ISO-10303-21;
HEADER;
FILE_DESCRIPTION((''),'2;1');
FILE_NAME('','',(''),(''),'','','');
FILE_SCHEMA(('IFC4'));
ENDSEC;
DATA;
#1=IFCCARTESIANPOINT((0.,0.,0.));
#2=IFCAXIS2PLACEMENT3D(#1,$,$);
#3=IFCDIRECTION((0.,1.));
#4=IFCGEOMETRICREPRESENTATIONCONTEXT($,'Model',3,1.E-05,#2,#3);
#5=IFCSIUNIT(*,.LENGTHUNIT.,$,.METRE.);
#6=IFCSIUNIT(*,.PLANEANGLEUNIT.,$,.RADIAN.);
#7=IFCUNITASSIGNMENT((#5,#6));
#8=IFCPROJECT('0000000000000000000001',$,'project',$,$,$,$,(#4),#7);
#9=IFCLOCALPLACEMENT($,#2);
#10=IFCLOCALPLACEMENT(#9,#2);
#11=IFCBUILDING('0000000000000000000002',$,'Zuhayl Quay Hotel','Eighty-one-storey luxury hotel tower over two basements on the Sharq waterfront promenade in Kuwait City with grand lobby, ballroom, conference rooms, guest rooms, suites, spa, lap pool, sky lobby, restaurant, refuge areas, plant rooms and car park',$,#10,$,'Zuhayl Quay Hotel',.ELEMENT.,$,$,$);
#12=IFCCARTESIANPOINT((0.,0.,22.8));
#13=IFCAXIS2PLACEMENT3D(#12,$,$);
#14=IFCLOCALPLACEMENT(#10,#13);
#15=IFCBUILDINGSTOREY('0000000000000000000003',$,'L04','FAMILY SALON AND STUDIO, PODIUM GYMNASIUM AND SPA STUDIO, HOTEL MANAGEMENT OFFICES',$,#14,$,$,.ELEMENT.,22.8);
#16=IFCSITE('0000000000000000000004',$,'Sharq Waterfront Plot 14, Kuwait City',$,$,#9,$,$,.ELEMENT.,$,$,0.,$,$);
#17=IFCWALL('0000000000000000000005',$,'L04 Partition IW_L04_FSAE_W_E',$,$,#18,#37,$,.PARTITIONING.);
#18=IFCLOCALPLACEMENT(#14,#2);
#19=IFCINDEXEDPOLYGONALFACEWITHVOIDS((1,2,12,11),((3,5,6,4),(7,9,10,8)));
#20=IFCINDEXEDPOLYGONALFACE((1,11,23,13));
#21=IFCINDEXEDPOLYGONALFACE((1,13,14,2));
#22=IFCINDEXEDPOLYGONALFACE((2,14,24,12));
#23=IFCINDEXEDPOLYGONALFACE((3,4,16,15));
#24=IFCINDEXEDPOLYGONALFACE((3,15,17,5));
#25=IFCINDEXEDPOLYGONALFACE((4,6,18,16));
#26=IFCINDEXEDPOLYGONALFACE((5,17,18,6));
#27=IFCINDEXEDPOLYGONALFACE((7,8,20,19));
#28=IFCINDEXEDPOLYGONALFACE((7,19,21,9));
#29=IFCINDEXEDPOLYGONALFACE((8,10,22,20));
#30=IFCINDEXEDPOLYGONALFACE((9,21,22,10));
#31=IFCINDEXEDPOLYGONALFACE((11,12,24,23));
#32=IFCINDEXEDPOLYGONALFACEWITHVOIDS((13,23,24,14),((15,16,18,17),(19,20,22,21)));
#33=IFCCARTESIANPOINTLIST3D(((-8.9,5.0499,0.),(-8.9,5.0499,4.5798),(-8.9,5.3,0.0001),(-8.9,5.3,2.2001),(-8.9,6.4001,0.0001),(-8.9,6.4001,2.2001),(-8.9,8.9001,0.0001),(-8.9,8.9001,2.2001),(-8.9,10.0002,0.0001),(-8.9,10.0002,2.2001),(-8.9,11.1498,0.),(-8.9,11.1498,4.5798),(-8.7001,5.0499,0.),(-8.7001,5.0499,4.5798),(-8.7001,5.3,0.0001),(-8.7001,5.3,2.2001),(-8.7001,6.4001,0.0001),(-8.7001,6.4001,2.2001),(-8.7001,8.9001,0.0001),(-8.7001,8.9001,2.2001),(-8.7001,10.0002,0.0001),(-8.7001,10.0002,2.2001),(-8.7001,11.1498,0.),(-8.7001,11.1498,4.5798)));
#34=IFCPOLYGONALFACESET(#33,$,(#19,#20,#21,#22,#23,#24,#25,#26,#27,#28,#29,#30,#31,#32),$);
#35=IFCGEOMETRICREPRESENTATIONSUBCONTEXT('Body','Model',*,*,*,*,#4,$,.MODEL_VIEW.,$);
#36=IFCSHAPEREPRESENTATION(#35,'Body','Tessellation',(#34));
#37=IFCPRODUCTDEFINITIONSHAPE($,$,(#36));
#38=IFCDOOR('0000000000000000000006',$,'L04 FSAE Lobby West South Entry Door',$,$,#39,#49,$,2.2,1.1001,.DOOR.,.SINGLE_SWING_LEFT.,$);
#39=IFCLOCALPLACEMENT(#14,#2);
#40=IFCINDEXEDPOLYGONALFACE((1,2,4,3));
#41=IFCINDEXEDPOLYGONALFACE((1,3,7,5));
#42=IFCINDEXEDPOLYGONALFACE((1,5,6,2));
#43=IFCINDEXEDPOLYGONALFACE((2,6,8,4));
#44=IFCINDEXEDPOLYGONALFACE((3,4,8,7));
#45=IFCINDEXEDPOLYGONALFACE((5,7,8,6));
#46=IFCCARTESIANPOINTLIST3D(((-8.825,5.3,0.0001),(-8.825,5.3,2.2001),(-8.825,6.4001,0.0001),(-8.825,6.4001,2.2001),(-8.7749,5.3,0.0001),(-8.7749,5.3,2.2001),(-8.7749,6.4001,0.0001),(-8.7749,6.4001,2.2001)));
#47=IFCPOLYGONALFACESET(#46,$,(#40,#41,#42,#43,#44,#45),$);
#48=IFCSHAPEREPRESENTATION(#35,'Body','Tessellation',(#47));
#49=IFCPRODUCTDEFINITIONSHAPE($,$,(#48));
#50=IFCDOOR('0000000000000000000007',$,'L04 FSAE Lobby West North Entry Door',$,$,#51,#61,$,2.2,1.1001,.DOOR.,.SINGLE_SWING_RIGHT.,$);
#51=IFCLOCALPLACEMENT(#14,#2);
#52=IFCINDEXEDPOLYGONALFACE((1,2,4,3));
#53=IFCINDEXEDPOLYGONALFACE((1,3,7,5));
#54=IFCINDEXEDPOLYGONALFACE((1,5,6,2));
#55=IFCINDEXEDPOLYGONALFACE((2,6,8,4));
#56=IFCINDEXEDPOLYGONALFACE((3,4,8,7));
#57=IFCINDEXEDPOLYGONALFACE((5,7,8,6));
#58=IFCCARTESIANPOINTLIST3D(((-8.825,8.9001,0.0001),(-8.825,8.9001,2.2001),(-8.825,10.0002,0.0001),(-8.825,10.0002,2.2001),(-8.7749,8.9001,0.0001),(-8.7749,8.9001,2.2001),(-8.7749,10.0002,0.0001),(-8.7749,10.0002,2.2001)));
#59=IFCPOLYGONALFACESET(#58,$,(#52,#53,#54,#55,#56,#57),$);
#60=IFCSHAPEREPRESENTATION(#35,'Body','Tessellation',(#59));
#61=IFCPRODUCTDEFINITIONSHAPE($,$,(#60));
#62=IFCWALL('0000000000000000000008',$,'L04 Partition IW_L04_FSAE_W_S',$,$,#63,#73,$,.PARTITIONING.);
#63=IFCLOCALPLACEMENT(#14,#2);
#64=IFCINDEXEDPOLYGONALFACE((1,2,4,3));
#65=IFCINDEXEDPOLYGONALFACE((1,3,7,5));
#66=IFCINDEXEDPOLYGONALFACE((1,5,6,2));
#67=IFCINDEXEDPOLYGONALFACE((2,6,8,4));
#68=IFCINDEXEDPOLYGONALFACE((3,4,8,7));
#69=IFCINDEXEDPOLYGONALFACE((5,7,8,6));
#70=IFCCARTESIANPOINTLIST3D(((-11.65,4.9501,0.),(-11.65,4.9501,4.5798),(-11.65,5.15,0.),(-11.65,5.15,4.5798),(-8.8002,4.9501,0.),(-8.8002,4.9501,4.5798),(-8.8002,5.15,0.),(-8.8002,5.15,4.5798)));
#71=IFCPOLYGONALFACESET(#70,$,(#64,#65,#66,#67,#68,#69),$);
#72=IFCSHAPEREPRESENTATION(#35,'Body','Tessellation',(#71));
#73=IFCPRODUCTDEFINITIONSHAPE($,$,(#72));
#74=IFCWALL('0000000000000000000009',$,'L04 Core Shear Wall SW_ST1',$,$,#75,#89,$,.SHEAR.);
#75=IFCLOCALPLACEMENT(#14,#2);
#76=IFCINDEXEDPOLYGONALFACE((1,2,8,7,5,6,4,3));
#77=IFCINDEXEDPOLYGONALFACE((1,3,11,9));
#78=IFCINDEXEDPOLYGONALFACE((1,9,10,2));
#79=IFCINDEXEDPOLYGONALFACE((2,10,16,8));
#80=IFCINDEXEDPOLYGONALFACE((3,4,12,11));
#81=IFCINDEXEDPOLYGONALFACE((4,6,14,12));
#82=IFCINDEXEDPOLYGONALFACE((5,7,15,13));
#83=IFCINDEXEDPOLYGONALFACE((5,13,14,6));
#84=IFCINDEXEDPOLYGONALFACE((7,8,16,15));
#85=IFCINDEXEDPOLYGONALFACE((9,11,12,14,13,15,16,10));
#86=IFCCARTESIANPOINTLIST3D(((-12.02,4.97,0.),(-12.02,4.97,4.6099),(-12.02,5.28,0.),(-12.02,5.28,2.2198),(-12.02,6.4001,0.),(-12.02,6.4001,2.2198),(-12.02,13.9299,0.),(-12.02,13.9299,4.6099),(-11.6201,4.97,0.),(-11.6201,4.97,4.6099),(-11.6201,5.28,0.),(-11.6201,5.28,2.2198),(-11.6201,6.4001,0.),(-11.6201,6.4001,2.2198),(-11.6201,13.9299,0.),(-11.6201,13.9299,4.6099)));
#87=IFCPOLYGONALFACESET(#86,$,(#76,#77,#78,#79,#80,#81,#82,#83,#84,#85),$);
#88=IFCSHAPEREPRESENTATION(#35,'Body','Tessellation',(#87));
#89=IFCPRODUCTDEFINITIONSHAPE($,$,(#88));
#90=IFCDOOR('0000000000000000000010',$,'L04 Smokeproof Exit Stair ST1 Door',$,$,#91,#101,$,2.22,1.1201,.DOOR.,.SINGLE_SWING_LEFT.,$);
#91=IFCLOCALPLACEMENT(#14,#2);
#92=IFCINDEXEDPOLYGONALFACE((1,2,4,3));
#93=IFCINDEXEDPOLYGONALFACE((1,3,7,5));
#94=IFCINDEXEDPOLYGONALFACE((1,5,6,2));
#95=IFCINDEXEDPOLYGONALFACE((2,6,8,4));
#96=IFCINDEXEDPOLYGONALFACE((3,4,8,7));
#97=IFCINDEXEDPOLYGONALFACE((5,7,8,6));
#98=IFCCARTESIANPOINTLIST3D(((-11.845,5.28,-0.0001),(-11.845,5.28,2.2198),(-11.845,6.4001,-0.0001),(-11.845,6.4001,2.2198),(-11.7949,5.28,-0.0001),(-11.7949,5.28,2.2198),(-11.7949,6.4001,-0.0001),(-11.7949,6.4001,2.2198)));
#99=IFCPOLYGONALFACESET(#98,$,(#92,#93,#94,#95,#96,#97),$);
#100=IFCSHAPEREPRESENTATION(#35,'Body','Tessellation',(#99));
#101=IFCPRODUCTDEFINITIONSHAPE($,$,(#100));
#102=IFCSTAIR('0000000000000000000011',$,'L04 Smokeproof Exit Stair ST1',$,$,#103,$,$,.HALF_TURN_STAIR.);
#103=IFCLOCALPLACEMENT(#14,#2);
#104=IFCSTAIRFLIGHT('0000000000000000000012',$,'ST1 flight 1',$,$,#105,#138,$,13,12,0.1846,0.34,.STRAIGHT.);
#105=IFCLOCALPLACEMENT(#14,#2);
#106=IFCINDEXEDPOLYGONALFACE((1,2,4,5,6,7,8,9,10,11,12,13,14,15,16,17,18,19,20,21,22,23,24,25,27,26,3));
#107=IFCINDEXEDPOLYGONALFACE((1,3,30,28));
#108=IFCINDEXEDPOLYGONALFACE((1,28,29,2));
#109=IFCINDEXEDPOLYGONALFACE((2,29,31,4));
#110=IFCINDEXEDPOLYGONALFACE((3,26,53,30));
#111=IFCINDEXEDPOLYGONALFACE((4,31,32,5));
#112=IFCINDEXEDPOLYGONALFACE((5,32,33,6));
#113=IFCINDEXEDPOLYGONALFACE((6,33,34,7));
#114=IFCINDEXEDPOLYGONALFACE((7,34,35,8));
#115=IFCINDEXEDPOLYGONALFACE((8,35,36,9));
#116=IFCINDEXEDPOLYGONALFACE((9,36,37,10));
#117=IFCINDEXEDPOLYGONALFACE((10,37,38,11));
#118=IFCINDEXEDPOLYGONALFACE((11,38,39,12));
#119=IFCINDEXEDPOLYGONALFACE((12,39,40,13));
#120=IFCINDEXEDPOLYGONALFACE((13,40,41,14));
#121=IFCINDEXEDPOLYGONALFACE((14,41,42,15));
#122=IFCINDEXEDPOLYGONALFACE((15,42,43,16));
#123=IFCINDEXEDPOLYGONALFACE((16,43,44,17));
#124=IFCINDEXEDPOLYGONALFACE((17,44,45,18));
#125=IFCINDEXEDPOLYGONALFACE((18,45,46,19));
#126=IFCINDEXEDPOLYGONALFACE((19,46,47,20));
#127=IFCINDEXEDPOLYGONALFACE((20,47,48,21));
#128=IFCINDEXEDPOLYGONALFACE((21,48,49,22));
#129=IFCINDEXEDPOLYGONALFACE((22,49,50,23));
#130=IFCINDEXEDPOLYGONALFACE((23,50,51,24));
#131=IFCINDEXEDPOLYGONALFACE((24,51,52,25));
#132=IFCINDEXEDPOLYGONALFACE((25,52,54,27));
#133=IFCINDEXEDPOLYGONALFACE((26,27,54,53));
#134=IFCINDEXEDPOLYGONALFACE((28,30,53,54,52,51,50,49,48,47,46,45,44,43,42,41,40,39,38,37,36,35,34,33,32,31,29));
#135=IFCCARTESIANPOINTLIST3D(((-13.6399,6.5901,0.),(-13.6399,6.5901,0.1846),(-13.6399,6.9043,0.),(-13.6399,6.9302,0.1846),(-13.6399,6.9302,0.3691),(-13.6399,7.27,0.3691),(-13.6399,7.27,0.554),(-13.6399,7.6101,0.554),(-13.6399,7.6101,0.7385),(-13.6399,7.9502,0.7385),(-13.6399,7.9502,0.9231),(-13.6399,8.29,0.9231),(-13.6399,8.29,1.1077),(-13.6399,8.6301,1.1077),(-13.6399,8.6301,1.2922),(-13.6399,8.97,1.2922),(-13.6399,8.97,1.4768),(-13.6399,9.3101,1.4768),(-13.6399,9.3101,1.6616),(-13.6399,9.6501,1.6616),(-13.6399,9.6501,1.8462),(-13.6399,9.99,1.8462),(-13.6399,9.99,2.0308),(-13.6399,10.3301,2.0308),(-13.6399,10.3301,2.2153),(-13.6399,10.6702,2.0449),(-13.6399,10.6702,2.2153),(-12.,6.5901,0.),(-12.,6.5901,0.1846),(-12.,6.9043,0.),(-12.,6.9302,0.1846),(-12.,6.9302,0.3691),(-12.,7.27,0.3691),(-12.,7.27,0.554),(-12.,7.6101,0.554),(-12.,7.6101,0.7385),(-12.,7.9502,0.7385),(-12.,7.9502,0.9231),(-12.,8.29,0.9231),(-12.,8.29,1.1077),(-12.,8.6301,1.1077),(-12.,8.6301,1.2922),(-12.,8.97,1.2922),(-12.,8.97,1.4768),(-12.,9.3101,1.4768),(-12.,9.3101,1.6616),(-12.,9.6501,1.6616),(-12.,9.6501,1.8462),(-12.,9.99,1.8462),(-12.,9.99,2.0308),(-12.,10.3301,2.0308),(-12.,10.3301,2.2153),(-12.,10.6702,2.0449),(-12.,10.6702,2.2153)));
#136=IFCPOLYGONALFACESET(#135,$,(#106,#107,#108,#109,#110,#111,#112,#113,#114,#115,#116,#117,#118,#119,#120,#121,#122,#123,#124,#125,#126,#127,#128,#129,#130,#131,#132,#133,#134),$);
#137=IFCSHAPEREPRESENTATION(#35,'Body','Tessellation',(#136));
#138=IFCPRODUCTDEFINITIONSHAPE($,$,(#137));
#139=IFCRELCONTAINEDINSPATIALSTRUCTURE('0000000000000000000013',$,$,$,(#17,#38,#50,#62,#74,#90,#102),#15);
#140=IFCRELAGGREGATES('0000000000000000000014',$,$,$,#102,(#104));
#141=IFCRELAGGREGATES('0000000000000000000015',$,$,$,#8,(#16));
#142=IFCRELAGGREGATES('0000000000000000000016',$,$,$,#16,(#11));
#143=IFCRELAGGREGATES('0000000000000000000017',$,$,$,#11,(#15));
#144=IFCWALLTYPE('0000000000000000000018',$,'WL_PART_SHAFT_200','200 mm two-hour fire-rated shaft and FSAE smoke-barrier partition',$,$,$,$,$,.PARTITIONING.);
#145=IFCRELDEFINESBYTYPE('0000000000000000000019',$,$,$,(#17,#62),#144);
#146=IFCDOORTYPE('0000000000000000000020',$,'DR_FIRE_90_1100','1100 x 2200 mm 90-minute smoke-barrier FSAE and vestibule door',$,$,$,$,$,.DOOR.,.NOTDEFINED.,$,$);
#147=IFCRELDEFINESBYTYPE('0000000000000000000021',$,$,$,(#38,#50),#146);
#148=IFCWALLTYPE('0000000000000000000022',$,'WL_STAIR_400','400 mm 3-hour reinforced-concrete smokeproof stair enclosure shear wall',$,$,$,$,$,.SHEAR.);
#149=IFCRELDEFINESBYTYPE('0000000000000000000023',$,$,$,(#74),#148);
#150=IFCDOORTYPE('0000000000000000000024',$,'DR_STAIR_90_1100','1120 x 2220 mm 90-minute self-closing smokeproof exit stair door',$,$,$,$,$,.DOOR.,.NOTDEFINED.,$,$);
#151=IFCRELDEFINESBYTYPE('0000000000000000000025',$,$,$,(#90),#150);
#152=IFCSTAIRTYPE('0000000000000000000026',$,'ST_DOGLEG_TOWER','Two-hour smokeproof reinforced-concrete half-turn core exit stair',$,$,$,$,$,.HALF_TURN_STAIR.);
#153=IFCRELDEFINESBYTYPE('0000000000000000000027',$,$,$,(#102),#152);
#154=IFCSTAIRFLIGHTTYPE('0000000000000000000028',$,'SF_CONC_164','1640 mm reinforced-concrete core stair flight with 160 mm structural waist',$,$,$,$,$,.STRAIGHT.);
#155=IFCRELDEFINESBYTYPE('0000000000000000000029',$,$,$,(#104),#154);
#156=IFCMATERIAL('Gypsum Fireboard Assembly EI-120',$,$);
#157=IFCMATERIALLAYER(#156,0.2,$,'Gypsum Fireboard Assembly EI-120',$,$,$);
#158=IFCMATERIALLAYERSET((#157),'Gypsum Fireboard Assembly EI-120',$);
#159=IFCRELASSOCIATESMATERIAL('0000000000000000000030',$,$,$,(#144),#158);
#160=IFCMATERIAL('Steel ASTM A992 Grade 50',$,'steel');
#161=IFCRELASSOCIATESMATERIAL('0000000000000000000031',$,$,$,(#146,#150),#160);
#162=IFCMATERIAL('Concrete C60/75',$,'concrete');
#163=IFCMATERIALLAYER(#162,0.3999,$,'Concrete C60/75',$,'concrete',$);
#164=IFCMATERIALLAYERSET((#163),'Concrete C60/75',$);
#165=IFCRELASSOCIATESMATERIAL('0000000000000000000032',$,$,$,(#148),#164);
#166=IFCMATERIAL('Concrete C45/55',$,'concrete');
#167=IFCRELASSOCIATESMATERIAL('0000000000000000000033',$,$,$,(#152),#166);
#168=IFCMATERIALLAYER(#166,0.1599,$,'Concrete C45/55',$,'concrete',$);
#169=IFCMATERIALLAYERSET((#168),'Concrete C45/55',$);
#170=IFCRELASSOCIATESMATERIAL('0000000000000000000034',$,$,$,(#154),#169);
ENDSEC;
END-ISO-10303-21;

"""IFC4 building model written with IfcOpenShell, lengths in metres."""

from ifc_helpers import new_model, si_unit, direction, frame, frame_2d, origin, place, context, subcontext, project, spatial, polyline, rectangle, outline, extrude, material, layer, layer_set, type_object, element, fill, aggregate, save


model = new_model("IFC4")

# Units and contexts
model_context = context("Model", 3, precision=1e-05, world=origin(), true_north=direction((0.0, 1.0)))
body_context = subcontext(model_context, "Body", "Model", "MODEL_VIEW")
ifc_project = project(units=[si_unit("LENGTHUNIT", "METRE"), si_unit("PLANEANGLEUNIT", "RADIAN")], contexts=[model_context])

# Site, building, storey
site_placement = place(None, origin())
site = spatial("IfcSite", under=ifc_project, at=site_placement, Name="Sharq Waterfront Plot 14, Kuwait City", CompositionType="ELEMENT", RefElevation=0.0)
building_placement = place(site_placement, origin())
building = spatial("IfcBuilding", under=site, at=building_placement, Name="Zuhayl Quay Hotel", Description="Eighty-one-storey luxury hotel tower over two basements on the Sharq waterfront promenade in Kuwait City with grand lobby, ballroom, conference rooms, guest rooms, suites, spa, lap pool, sky lobby, restaurant, refuge areas, plant rooms and car park", LongName="Zuhayl Quay Hotel", CompositionType="ELEMENT")
storey_placement = place(building_placement, frame((0.0, 0.0, 22.8)))
storey = spatial("IfcBuildingStorey", under=building, at=storey_placement, Name="L04", Description="FAMILY SALON AND STUDIO, PODIUM GYMNASIUM AND SPA STUDIO, HOTEL MANAGEMENT OFFICES", CompositionType="ELEMENT", Elevation=22.8)

# Shared definitions
ifc_material_1 = material(Name="Concrete C60/75", Category="concrete")

# Shared definitions
ifc_material_2 = material(Name="Steel ASTM A992 Grade 50", Category="steel")

# Wall, openings, doors
ifc_material_3 = material(Name="Gypsum Fireboard Assembly EI-120")
ifc_layer_1 = layer(ifc_material_3, 0.2, Name="Gypsum Fireboard Assembly EI-120")
ifc_layer_set_1 = layer_set([ifc_layer_1], Name="Gypsum Fireboard Assembly EI-120")
wall_type_1 = type_object("IfcWallType", Name="WL_PART_SHAFT_200", Description="200 mm two-hour fire-rated shaft and FSAE smoke-barrier partition", PredefinedType="PARTITIONING", material=ifc_layer_set_1)
wall_1_placement = place(storey_placement, frame((-8.8, 5.05, 0.0), z_axis=(0.0, 0.0, 1.0), x_axis=(0.0, 1.0, 0.0)))
wall_1 = element("IfcWall", 1, at=wall_1_placement, inside=storey, type_object=wall_type_1, Name="L04 Partition IW_L04_FSAE_W_E", PredefinedType="PARTITIONING", context=body_context, shape_type="SweptSolid", body=[
    extrude(rectangle(XDim=6.0999, YDim=0.2, at=frame_2d((3.0498, 0.0))), origin(), (0.0, 0.0, 1.0), 4.5798),
])
opening_1_placement = place(wall_1_placement, frame((0.25, 0.0, 0.0)))
opening_1 = element("IfcOpeningElement", 2, at=opening_1_placement, cuts=wall_1, PredefinedType="OPENING", context=body_context, shape_type="SweptSolid", body=[
    extrude(rectangle(XDim=1.1001, YDim=2.2, at=frame_2d((0.55, 1.1001))), frame((0.0, 0.1099, 0.0), z_axis=(0.0, -1.0, 0.0), x_axis=(1.0, 0.0, 0.0)), (0.0, 0.0, 1.0), 0.22),
])
opening_2_placement = place(wall_1_placement, frame((3.8501, 0.0, 0.0)))
opening_2 = element("IfcOpeningElement", 3, at=opening_2_placement, cuts=wall_1, PredefinedType="OPENING", context=body_context, shape_type="SweptSolid", body=[
    extrude(rectangle(XDim=1.1001, YDim=2.2, at=frame_2d((0.55, 1.1001))), frame((0.0, 0.1099, 0.0), z_axis=(0.0, -1.0, 0.0), x_axis=(1.0, 0.0, 0.0)), (0.0, 0.0, 1.0), 0.22),
])
door_type_1 = type_object("IfcDoorType", Name="DR_FIRE_90_1100", Description="1100 x 2200 mm 90-minute smoke-barrier FSAE and vestibule door", OperationType="NOTDEFINED", PredefinedType="DOOR", material=ifc_material_2)
door_1_placement = place(opening_1_placement, origin())
door_1 = element("IfcDoor", 4, at=door_1_placement, inside=storey, type_object=door_type_1, Name="L04 FSAE Lobby West South Entry Door", OperationType="SINGLE_SWING_LEFT", OverallHeight=2.2, OverallWidth=1.1001, PredefinedType="DOOR", context=body_context, shape_type="SweptSolid", body=[
    extrude(rectangle(XDim=1.1001, YDim=2.2, at=frame_2d((0.55, 1.1001))), frame((0.0, 0.0249, 0.0), z_axis=(0.0, -1.0, 0.0), x_axis=(1.0, 0.0, 0.0)), (0.0, 0.0, 1.0), 0.05),
])
fill(opening_1, door_1)
door_2_placement = place(opening_2_placement, origin())
door_2 = element("IfcDoor", 5, at=door_2_placement, inside=storey, type_object=door_type_1, Name="L04 FSAE Lobby West North Entry Door", OperationType="SINGLE_SWING_RIGHT", OverallHeight=2.2, OverallWidth=1.1001, PredefinedType="DOOR", context=body_context, shape_type="SweptSolid", body=[
    extrude(rectangle(XDim=1.1001, YDim=2.2, at=frame_2d((0.55, 1.1001))), frame((0.0, 0.0249, 0.0), z_axis=(0.0, -1.0, 0.0), x_axis=(1.0, 0.0, 0.0)), (0.0, 0.0, 1.0), 0.05),
])
fill(opening_2, door_2)

# Wall
wall_2_placement = place(storey_placement, frame((-11.6499, 5.05, 0.0), z_axis=(0.0, 0.0, 1.0), x_axis=(1.0, 0.0, 0.0)))
element("IfcWall", 6, at=wall_2_placement, inside=storey, type_object=wall_type_1, Name="L04 Partition IW_L04_FSAE_W_S", PredefinedType="PARTITIONING", context=body_context, shape_type="SweptSolid", body=[
    extrude(rectangle(XDim=2.8499, YDim=0.2, at=frame_2d((1.4248, 0.0))), origin(), (0.0, 0.0, 1.0), 4.5798),
])

# Wall, opening, door
ifc_layer_2 = layer(ifc_material_1, 0.3999, Name="Concrete C60/75", Category="concrete")
ifc_layer_set_2 = layer_set([ifc_layer_2], Name="Concrete C60/75")
wall_type_2 = type_object("IfcWallType", Name="WL_STAIR_400", Description="400 mm 3-hour reinforced-concrete smokeproof stair enclosure shear wall", PredefinedType="SHEAR", material=ifc_layer_set_2)
wall_3_placement = place(storey_placement, frame((-11.8201, 4.97, 0.0), z_axis=(0.0, 0.0, 1.0), x_axis=(0.0, 1.0, 0.0)))
wall_3 = element("IfcWall", 7, at=wall_3_placement, inside=storey, type_object=wall_type_2, Name="L04 Core Shear Wall SW_ST1", PredefinedType="SHEAR", context=body_context, shape_type="SweptSolid", body=[
    extrude(rectangle(XDim=8.96, YDim=0.3999, at=frame_2d((4.48, 0.0))), origin(), (0.0, 0.0, 1.0), 4.6099),
])
opening_3_placement = place(wall_3_placement, frame((0.3101, 0.0, 0.0)))
opening_3 = element("IfcOpeningElement", 8, at=opening_3_placement, cuts=wall_3, PredefinedType="OPENING", context=body_context, shape_type="SweptSolid", body=[
    extrude(rectangle(XDim=1.1201, YDim=2.22, at=frame_2d((0.5601, 1.1099))), frame((0.0, 0.21, 0.0), z_axis=(0.0, -1.0, 0.0), x_axis=(1.0, 0.0, 0.0)), (0.0, 0.0, 1.0), 0.4199),
])
door_type_2 = type_object("IfcDoorType", Name="DR_STAIR_90_1100", Description="1120 x 2220 mm 90-minute self-closing smokeproof exit stair door", OperationType="NOTDEFINED", PredefinedType="DOOR", material=ifc_material_2)
door_3_placement = place(opening_3_placement, origin())
door_3 = element("IfcDoor", 9, at=door_3_placement, inside=storey, type_object=door_type_2, Name="L04 Smokeproof Exit Stair ST1 Door", OperationType="SINGLE_SWING_LEFT", OverallHeight=2.22, OverallWidth=1.1201, PredefinedType="DOOR", context=body_context, shape_type="SweptSolid", body=[
    extrude(rectangle(XDim=1.1201, YDim=2.22, at=frame_2d((0.5601, 1.1099))), frame((0.0, 0.0249, 0.0), z_axis=(0.0, -1.0, 0.0), x_axis=(1.0, 0.0, 0.0)), (0.0, 0.0, 1.0), 0.05),
])
fill(opening_3, door_3)

# Stair, stair flight
ifc_material_4 = material(Name="Concrete C45/55", Category="concrete")
stair_type = type_object("IfcStairType", Name="ST_DOGLEG_TOWER", Description="Two-hour smokeproof reinforced-concrete half-turn core exit stair", PredefinedType="HALF_TURN_STAIR", material=ifc_material_4)
stair_placement = place(storey_placement, origin())
stair = element("IfcStair", 10, at=stair_placement, inside=storey, type_object=stair_type, Name="L04 Smokeproof Exit Stair ST1", PredefinedType="HALF_TURN_STAIR")
ifc_layer_3 = layer(ifc_material_4, 0.1599, Name="Concrete C45/55", Category="concrete")
ifc_layer_set_3 = layer_set([ifc_layer_3], Name="Concrete C45/55")
stair_flight_type = type_object("IfcStairFlightType", Name="SF_CONC_164", Description="1640 mm reinforced-concrete core stair flight with 160 mm structural waist", PredefinedType="STRAIGHT", material=ifc_layer_set_3)
stair_flight_placement = place(storey_placement, frame((-12.8201, 6.5901, 0.0), z_axis=(0.0, 0.0, 1.0), x_axis=(0.0, 1.0, 0.0)))
stair_flight = element("IfcStairFlight", 11, at=stair_flight_placement, type_object=stair_flight_type, Name="ST1 flight 1", NumberOfRisers=13, NumberOfTreads=12, PredefinedType="STRAIGHT", RiserHeight=0.1846, TreadLength=0.34, context=body_context, shape_type="SweptSolid", body=[
    extrude(outline(polyline([(0.0, 0.0), (0.0, 0.1846), (0.3401, 0.1846), (0.3401, 0.3691), (0.6799, 0.3691), (0.6799, 0.554), (1.02, 0.554), (1.02, 0.7385), (1.3601, 0.7385), (1.3601, 0.9231), (1.7, 0.9231), (1.7, 1.1077), (2.04, 1.1077), (2.04, 1.2922), (2.3799, 1.2922), (2.3799, 1.4768), (2.72, 1.4768), (2.72, 1.6616), (3.0601, 1.6616), (3.0601, 1.8462), (3.3999, 1.8462), (3.3999, 2.0308), (3.74, 2.0308), (3.74, 2.2153), (4.0801, 2.2153), (4.0801, 2.3999), (4.0801, 2.0449), (0.3142, 0.0), (0.0, 0.0)])), frame((0.0, 0.8198, 0.0), z_axis=(0.0, -1.0, 0.0), x_axis=(1.0, 0.0, 0.0)), (0.0, 0.0, 1.0), 1.6399),
])
aggregate(stair, [stair_flight])

save(model, "model.ifc")
